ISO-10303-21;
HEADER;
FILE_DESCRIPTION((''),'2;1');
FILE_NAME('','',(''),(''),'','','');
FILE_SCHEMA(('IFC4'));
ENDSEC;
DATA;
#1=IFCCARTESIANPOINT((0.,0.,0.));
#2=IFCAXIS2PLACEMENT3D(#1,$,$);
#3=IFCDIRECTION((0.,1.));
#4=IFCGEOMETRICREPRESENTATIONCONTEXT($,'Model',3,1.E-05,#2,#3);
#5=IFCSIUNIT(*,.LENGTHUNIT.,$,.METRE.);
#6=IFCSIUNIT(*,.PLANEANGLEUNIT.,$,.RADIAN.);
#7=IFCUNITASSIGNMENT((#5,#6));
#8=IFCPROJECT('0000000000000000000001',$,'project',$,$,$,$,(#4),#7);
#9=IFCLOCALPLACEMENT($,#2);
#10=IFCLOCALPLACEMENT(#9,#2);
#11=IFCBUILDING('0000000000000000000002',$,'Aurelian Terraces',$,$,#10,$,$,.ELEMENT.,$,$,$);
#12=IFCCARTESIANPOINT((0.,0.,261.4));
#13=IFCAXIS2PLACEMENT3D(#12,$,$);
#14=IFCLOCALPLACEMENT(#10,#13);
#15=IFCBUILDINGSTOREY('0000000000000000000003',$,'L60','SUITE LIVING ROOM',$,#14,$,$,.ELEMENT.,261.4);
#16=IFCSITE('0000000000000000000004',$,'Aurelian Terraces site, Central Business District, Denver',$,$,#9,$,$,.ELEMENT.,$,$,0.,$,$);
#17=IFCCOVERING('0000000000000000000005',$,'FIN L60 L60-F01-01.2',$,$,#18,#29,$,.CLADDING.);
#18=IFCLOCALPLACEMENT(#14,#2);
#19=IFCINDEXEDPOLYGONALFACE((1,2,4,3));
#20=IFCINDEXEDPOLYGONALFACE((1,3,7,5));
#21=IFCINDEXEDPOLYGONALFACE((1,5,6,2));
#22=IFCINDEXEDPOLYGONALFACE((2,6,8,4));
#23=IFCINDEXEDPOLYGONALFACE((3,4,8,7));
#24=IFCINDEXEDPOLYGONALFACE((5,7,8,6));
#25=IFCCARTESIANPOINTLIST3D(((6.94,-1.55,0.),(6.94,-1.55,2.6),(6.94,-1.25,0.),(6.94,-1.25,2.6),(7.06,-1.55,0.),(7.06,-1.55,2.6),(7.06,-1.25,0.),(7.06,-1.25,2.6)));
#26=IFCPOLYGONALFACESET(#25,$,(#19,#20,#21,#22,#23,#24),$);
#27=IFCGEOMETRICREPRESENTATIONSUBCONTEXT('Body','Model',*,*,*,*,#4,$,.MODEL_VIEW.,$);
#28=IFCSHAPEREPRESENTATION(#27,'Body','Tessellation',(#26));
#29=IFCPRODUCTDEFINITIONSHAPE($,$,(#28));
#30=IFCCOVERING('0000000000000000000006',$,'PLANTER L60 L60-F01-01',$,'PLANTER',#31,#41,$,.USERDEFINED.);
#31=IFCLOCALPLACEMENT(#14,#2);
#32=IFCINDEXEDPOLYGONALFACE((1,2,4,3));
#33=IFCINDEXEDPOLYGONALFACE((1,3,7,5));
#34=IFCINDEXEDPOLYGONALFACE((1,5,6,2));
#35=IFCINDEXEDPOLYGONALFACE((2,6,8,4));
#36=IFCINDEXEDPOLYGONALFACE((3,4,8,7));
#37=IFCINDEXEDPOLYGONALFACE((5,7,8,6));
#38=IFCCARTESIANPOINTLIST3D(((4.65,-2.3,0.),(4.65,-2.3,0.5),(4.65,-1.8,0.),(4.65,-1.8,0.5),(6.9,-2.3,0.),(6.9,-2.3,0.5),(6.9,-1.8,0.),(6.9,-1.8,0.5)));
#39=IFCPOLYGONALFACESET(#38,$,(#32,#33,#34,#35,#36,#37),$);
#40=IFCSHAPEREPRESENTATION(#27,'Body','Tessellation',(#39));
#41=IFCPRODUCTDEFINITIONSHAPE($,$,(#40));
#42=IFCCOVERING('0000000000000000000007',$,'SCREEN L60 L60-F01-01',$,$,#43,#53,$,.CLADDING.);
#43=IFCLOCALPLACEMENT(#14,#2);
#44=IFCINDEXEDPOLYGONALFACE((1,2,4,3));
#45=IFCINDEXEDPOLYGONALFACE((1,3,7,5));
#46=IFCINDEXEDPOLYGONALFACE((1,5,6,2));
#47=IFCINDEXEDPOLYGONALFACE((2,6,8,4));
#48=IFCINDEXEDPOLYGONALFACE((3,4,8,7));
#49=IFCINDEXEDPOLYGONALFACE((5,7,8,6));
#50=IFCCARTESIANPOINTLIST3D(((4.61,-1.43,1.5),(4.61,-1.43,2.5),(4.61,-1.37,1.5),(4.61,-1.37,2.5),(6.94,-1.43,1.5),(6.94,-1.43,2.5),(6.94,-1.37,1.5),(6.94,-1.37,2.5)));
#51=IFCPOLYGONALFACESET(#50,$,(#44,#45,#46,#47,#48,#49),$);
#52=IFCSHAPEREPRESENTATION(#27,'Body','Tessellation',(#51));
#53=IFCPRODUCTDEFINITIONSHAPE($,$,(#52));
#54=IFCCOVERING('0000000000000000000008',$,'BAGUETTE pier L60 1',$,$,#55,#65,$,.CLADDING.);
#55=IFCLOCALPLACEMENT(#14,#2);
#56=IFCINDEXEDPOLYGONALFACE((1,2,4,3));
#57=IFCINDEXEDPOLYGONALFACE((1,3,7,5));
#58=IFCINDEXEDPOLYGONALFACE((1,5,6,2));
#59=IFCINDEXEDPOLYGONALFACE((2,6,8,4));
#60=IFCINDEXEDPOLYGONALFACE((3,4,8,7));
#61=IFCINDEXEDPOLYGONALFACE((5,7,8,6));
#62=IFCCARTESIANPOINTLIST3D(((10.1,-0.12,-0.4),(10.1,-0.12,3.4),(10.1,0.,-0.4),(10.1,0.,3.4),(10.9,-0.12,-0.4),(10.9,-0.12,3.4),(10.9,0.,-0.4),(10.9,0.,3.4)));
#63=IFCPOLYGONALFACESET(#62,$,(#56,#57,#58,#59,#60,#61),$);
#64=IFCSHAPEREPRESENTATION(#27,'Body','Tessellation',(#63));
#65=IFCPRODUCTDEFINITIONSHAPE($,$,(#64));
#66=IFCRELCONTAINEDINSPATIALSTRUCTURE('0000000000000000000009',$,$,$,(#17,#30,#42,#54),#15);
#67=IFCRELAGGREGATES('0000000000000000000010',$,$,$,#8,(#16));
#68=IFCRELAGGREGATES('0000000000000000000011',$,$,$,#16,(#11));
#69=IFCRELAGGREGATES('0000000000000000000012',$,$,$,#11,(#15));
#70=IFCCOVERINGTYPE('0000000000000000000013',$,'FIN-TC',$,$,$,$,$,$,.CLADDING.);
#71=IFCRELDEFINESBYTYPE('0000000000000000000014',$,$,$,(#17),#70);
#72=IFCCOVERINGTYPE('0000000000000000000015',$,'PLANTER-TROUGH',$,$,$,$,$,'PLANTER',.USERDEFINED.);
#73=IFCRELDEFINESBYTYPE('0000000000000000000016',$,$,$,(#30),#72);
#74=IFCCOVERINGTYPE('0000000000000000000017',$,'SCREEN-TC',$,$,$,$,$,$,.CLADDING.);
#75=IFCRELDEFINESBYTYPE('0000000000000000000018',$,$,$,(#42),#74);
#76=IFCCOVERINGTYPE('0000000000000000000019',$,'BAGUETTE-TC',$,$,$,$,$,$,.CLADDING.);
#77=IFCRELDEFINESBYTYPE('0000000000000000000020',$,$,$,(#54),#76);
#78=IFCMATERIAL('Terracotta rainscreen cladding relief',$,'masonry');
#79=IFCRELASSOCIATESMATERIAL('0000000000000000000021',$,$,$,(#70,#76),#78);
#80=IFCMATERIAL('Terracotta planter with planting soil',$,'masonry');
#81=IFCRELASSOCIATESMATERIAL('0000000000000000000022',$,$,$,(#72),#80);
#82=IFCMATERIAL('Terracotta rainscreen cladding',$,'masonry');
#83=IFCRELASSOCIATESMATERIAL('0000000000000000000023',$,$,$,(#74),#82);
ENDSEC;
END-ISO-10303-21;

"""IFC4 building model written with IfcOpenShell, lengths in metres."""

from ifc_helpers import new_model, si_unit, direction, frame, origin, origin_2d, place, context, subcontext, project, spatial, rectangle, extrude, source, transform, mapped, material, type_object, element, save


model = new_model("IFC4")

# Units and contexts
model_context = context("Model", 3, precision=1e-05, world=origin(), true_north=direction((0.0, 1.0)))
body_context = subcontext(model_context, "Body", "Model", "MODEL_VIEW")
ifc_project = project(units=[si_unit("LENGTHUNIT", "METRE"), si_unit("PLANEANGLEUNIT", "RADIAN")], contexts=[model_context])

# Site, building, storey
site_placement = place(None, origin())
site = spatial("IfcSite", under=ifc_project, at=site_placement, Name="Aurelian Terraces site, Central Business District, Denver", CompositionType="ELEMENT", RefElevation=0.0)
building_placement = place(site_placement, origin())
building = spatial("IfcBuilding", under=site, at=building_placement, Name="Aurelian Terraces", CompositionType="ELEMENT")
storey_placement = place(building_placement, frame((0.0, 0.0, 261.4)))
storey = spatial("IfcBuildingStorey", under=building, at=storey_placement, Name="L60", Description="SUITE LIVING ROOM", CompositionType="ELEMENT", Elevation=261.4)

# Shared definitions
ifc_material_1 = material(Name="Terracotta rainscreen cladding", Category="masonry")

# Covering
ifc_material_2 = material(Name="Terracotta rainscreen cladding relief", Category="masonry")
covering_type_1 = type_object("IfcCoveringType", Name="FIN-TC", PredefinedType="CLADDING", material=ifc_material_2)
shared_shape_1 = source(origin(), body_context, "Body", "SweptSolid", [
    extrude(rectangle(XDim=0.12, YDim=0.3, at=origin_2d()), origin(), (0.0, 0.0, 1.0), 2.6),
])
for number, where, z_axis, x_axis, name in (
    (1, (7.0, -1.4, 0.0), (0.0, 0.0, 1.0), (1.0, 0.0, 0.0), "FIN L60 L60-F01-01.2"),
):
    element("IfcCovering", number, at=place(storey_placement, frame(where, z_axis=z_axis, x_axis=x_axis)), inside=storey, type_object=covering_type_1, Name=name, PredefinedType="CLADDING", context=body_context, shape_type="MappedRepresentation", body=[
        mapped(shared_shape_1, transform((0.0, 0.0, 0.0), scale=1.0)),
    ])

# Coverings
ifc_material_3 = material(Name="Terracotta planter with planting soil", Category="masonry")
covering_type_2 = type_object("IfcCoveringType", Name="PLANTER-TROUGH", ElementType="PLANTER", PredefinedType="USERDEFINED", material=ifc_material_3)
shared_shape_2 = source(origin(), body_context, "Body", "SweptSolid", [
    extrude(rectangle(XDim=2.25, YDim=0.5, at=origin_2d()), origin(), (0.0, 0.0, 1.0), 0.5),
])
covering_1_placement = place(storey_placement, frame((5.775, -2.05, 0.0), z_axis=(0.0, 0.0, 1.0), x_axis=(1.0, 0.0, 0.0)))
element("IfcCovering", 2, at=covering_1_placement, inside=storey, type_object=covering_type_2, Name="PLANTER L60 L60-F01-01", ObjectType="PLANTER", PredefinedType="USERDEFINED", context=body_context, shape_type="MappedRepresentation", body=[
    mapped(shared_shape_2, transform((0.0, 0.0, 0.0), scale=1.0)),
])
covering_type_3 = type_object("IfcCoveringType", Name="SCREEN-TC", PredefinedType="CLADDING", material=ifc_material_1)
shared_shape_3 = source(origin(), body_context, "Body", "SweptSolid", [
    extrude(rectangle(XDim=2.33, YDim=0.06, at=origin_2d()), origin(), (0.0, 0.0, 1.0), 1.0),
])
covering_2_placement = place(storey_placement, frame((5.775, -1.4, 1.5), z_axis=(0.0, 0.0, 1.0), x_axis=(1.0, 0.0, 0.0)))
element("IfcCovering", 3, at=covering_2_placement, inside=storey, type_object=covering_type_3, Name="SCREEN L60 L60-F01-01", PredefinedType="CLADDING", context=body_context, shape_type="MappedRepresentation", body=[
    mapped(shared_shape_3, transform((0.0, 0.0, 0.0), scale=1.0)),
])
covering_type_4 = type_object("IfcCoveringType", Name="BAGUETTE-TC", PredefinedType="CLADDING", material=ifc_material_2)
shared_shape_4 = source(origin(), body_context, "Body", "SweptSolid", [
    extrude(rectangle(XDim=0.8, YDim=0.12, at=origin_2d()), origin(), (0.0, 0.0, 1.0), 3.8),
])
covering_3_placement = place(storey_placement, frame((10.5, -0.06, -0.4), z_axis=(0.0, 0.0, 1.0), x_axis=(1.0, 0.0, 0.0)))
element("IfcCovering", 4, at=covering_3_placement, inside=storey, type_object=covering_type_4, Name="BAGUETTE pier L60 1", PredefinedType="CLADDING", context=body_context, shape_type="MappedRepresentation", body=[
    mapped(shared_shape_4, transform((0.0, 0.0, 0.0), scale=1.0)),
])

save(model, "model.ifc")
